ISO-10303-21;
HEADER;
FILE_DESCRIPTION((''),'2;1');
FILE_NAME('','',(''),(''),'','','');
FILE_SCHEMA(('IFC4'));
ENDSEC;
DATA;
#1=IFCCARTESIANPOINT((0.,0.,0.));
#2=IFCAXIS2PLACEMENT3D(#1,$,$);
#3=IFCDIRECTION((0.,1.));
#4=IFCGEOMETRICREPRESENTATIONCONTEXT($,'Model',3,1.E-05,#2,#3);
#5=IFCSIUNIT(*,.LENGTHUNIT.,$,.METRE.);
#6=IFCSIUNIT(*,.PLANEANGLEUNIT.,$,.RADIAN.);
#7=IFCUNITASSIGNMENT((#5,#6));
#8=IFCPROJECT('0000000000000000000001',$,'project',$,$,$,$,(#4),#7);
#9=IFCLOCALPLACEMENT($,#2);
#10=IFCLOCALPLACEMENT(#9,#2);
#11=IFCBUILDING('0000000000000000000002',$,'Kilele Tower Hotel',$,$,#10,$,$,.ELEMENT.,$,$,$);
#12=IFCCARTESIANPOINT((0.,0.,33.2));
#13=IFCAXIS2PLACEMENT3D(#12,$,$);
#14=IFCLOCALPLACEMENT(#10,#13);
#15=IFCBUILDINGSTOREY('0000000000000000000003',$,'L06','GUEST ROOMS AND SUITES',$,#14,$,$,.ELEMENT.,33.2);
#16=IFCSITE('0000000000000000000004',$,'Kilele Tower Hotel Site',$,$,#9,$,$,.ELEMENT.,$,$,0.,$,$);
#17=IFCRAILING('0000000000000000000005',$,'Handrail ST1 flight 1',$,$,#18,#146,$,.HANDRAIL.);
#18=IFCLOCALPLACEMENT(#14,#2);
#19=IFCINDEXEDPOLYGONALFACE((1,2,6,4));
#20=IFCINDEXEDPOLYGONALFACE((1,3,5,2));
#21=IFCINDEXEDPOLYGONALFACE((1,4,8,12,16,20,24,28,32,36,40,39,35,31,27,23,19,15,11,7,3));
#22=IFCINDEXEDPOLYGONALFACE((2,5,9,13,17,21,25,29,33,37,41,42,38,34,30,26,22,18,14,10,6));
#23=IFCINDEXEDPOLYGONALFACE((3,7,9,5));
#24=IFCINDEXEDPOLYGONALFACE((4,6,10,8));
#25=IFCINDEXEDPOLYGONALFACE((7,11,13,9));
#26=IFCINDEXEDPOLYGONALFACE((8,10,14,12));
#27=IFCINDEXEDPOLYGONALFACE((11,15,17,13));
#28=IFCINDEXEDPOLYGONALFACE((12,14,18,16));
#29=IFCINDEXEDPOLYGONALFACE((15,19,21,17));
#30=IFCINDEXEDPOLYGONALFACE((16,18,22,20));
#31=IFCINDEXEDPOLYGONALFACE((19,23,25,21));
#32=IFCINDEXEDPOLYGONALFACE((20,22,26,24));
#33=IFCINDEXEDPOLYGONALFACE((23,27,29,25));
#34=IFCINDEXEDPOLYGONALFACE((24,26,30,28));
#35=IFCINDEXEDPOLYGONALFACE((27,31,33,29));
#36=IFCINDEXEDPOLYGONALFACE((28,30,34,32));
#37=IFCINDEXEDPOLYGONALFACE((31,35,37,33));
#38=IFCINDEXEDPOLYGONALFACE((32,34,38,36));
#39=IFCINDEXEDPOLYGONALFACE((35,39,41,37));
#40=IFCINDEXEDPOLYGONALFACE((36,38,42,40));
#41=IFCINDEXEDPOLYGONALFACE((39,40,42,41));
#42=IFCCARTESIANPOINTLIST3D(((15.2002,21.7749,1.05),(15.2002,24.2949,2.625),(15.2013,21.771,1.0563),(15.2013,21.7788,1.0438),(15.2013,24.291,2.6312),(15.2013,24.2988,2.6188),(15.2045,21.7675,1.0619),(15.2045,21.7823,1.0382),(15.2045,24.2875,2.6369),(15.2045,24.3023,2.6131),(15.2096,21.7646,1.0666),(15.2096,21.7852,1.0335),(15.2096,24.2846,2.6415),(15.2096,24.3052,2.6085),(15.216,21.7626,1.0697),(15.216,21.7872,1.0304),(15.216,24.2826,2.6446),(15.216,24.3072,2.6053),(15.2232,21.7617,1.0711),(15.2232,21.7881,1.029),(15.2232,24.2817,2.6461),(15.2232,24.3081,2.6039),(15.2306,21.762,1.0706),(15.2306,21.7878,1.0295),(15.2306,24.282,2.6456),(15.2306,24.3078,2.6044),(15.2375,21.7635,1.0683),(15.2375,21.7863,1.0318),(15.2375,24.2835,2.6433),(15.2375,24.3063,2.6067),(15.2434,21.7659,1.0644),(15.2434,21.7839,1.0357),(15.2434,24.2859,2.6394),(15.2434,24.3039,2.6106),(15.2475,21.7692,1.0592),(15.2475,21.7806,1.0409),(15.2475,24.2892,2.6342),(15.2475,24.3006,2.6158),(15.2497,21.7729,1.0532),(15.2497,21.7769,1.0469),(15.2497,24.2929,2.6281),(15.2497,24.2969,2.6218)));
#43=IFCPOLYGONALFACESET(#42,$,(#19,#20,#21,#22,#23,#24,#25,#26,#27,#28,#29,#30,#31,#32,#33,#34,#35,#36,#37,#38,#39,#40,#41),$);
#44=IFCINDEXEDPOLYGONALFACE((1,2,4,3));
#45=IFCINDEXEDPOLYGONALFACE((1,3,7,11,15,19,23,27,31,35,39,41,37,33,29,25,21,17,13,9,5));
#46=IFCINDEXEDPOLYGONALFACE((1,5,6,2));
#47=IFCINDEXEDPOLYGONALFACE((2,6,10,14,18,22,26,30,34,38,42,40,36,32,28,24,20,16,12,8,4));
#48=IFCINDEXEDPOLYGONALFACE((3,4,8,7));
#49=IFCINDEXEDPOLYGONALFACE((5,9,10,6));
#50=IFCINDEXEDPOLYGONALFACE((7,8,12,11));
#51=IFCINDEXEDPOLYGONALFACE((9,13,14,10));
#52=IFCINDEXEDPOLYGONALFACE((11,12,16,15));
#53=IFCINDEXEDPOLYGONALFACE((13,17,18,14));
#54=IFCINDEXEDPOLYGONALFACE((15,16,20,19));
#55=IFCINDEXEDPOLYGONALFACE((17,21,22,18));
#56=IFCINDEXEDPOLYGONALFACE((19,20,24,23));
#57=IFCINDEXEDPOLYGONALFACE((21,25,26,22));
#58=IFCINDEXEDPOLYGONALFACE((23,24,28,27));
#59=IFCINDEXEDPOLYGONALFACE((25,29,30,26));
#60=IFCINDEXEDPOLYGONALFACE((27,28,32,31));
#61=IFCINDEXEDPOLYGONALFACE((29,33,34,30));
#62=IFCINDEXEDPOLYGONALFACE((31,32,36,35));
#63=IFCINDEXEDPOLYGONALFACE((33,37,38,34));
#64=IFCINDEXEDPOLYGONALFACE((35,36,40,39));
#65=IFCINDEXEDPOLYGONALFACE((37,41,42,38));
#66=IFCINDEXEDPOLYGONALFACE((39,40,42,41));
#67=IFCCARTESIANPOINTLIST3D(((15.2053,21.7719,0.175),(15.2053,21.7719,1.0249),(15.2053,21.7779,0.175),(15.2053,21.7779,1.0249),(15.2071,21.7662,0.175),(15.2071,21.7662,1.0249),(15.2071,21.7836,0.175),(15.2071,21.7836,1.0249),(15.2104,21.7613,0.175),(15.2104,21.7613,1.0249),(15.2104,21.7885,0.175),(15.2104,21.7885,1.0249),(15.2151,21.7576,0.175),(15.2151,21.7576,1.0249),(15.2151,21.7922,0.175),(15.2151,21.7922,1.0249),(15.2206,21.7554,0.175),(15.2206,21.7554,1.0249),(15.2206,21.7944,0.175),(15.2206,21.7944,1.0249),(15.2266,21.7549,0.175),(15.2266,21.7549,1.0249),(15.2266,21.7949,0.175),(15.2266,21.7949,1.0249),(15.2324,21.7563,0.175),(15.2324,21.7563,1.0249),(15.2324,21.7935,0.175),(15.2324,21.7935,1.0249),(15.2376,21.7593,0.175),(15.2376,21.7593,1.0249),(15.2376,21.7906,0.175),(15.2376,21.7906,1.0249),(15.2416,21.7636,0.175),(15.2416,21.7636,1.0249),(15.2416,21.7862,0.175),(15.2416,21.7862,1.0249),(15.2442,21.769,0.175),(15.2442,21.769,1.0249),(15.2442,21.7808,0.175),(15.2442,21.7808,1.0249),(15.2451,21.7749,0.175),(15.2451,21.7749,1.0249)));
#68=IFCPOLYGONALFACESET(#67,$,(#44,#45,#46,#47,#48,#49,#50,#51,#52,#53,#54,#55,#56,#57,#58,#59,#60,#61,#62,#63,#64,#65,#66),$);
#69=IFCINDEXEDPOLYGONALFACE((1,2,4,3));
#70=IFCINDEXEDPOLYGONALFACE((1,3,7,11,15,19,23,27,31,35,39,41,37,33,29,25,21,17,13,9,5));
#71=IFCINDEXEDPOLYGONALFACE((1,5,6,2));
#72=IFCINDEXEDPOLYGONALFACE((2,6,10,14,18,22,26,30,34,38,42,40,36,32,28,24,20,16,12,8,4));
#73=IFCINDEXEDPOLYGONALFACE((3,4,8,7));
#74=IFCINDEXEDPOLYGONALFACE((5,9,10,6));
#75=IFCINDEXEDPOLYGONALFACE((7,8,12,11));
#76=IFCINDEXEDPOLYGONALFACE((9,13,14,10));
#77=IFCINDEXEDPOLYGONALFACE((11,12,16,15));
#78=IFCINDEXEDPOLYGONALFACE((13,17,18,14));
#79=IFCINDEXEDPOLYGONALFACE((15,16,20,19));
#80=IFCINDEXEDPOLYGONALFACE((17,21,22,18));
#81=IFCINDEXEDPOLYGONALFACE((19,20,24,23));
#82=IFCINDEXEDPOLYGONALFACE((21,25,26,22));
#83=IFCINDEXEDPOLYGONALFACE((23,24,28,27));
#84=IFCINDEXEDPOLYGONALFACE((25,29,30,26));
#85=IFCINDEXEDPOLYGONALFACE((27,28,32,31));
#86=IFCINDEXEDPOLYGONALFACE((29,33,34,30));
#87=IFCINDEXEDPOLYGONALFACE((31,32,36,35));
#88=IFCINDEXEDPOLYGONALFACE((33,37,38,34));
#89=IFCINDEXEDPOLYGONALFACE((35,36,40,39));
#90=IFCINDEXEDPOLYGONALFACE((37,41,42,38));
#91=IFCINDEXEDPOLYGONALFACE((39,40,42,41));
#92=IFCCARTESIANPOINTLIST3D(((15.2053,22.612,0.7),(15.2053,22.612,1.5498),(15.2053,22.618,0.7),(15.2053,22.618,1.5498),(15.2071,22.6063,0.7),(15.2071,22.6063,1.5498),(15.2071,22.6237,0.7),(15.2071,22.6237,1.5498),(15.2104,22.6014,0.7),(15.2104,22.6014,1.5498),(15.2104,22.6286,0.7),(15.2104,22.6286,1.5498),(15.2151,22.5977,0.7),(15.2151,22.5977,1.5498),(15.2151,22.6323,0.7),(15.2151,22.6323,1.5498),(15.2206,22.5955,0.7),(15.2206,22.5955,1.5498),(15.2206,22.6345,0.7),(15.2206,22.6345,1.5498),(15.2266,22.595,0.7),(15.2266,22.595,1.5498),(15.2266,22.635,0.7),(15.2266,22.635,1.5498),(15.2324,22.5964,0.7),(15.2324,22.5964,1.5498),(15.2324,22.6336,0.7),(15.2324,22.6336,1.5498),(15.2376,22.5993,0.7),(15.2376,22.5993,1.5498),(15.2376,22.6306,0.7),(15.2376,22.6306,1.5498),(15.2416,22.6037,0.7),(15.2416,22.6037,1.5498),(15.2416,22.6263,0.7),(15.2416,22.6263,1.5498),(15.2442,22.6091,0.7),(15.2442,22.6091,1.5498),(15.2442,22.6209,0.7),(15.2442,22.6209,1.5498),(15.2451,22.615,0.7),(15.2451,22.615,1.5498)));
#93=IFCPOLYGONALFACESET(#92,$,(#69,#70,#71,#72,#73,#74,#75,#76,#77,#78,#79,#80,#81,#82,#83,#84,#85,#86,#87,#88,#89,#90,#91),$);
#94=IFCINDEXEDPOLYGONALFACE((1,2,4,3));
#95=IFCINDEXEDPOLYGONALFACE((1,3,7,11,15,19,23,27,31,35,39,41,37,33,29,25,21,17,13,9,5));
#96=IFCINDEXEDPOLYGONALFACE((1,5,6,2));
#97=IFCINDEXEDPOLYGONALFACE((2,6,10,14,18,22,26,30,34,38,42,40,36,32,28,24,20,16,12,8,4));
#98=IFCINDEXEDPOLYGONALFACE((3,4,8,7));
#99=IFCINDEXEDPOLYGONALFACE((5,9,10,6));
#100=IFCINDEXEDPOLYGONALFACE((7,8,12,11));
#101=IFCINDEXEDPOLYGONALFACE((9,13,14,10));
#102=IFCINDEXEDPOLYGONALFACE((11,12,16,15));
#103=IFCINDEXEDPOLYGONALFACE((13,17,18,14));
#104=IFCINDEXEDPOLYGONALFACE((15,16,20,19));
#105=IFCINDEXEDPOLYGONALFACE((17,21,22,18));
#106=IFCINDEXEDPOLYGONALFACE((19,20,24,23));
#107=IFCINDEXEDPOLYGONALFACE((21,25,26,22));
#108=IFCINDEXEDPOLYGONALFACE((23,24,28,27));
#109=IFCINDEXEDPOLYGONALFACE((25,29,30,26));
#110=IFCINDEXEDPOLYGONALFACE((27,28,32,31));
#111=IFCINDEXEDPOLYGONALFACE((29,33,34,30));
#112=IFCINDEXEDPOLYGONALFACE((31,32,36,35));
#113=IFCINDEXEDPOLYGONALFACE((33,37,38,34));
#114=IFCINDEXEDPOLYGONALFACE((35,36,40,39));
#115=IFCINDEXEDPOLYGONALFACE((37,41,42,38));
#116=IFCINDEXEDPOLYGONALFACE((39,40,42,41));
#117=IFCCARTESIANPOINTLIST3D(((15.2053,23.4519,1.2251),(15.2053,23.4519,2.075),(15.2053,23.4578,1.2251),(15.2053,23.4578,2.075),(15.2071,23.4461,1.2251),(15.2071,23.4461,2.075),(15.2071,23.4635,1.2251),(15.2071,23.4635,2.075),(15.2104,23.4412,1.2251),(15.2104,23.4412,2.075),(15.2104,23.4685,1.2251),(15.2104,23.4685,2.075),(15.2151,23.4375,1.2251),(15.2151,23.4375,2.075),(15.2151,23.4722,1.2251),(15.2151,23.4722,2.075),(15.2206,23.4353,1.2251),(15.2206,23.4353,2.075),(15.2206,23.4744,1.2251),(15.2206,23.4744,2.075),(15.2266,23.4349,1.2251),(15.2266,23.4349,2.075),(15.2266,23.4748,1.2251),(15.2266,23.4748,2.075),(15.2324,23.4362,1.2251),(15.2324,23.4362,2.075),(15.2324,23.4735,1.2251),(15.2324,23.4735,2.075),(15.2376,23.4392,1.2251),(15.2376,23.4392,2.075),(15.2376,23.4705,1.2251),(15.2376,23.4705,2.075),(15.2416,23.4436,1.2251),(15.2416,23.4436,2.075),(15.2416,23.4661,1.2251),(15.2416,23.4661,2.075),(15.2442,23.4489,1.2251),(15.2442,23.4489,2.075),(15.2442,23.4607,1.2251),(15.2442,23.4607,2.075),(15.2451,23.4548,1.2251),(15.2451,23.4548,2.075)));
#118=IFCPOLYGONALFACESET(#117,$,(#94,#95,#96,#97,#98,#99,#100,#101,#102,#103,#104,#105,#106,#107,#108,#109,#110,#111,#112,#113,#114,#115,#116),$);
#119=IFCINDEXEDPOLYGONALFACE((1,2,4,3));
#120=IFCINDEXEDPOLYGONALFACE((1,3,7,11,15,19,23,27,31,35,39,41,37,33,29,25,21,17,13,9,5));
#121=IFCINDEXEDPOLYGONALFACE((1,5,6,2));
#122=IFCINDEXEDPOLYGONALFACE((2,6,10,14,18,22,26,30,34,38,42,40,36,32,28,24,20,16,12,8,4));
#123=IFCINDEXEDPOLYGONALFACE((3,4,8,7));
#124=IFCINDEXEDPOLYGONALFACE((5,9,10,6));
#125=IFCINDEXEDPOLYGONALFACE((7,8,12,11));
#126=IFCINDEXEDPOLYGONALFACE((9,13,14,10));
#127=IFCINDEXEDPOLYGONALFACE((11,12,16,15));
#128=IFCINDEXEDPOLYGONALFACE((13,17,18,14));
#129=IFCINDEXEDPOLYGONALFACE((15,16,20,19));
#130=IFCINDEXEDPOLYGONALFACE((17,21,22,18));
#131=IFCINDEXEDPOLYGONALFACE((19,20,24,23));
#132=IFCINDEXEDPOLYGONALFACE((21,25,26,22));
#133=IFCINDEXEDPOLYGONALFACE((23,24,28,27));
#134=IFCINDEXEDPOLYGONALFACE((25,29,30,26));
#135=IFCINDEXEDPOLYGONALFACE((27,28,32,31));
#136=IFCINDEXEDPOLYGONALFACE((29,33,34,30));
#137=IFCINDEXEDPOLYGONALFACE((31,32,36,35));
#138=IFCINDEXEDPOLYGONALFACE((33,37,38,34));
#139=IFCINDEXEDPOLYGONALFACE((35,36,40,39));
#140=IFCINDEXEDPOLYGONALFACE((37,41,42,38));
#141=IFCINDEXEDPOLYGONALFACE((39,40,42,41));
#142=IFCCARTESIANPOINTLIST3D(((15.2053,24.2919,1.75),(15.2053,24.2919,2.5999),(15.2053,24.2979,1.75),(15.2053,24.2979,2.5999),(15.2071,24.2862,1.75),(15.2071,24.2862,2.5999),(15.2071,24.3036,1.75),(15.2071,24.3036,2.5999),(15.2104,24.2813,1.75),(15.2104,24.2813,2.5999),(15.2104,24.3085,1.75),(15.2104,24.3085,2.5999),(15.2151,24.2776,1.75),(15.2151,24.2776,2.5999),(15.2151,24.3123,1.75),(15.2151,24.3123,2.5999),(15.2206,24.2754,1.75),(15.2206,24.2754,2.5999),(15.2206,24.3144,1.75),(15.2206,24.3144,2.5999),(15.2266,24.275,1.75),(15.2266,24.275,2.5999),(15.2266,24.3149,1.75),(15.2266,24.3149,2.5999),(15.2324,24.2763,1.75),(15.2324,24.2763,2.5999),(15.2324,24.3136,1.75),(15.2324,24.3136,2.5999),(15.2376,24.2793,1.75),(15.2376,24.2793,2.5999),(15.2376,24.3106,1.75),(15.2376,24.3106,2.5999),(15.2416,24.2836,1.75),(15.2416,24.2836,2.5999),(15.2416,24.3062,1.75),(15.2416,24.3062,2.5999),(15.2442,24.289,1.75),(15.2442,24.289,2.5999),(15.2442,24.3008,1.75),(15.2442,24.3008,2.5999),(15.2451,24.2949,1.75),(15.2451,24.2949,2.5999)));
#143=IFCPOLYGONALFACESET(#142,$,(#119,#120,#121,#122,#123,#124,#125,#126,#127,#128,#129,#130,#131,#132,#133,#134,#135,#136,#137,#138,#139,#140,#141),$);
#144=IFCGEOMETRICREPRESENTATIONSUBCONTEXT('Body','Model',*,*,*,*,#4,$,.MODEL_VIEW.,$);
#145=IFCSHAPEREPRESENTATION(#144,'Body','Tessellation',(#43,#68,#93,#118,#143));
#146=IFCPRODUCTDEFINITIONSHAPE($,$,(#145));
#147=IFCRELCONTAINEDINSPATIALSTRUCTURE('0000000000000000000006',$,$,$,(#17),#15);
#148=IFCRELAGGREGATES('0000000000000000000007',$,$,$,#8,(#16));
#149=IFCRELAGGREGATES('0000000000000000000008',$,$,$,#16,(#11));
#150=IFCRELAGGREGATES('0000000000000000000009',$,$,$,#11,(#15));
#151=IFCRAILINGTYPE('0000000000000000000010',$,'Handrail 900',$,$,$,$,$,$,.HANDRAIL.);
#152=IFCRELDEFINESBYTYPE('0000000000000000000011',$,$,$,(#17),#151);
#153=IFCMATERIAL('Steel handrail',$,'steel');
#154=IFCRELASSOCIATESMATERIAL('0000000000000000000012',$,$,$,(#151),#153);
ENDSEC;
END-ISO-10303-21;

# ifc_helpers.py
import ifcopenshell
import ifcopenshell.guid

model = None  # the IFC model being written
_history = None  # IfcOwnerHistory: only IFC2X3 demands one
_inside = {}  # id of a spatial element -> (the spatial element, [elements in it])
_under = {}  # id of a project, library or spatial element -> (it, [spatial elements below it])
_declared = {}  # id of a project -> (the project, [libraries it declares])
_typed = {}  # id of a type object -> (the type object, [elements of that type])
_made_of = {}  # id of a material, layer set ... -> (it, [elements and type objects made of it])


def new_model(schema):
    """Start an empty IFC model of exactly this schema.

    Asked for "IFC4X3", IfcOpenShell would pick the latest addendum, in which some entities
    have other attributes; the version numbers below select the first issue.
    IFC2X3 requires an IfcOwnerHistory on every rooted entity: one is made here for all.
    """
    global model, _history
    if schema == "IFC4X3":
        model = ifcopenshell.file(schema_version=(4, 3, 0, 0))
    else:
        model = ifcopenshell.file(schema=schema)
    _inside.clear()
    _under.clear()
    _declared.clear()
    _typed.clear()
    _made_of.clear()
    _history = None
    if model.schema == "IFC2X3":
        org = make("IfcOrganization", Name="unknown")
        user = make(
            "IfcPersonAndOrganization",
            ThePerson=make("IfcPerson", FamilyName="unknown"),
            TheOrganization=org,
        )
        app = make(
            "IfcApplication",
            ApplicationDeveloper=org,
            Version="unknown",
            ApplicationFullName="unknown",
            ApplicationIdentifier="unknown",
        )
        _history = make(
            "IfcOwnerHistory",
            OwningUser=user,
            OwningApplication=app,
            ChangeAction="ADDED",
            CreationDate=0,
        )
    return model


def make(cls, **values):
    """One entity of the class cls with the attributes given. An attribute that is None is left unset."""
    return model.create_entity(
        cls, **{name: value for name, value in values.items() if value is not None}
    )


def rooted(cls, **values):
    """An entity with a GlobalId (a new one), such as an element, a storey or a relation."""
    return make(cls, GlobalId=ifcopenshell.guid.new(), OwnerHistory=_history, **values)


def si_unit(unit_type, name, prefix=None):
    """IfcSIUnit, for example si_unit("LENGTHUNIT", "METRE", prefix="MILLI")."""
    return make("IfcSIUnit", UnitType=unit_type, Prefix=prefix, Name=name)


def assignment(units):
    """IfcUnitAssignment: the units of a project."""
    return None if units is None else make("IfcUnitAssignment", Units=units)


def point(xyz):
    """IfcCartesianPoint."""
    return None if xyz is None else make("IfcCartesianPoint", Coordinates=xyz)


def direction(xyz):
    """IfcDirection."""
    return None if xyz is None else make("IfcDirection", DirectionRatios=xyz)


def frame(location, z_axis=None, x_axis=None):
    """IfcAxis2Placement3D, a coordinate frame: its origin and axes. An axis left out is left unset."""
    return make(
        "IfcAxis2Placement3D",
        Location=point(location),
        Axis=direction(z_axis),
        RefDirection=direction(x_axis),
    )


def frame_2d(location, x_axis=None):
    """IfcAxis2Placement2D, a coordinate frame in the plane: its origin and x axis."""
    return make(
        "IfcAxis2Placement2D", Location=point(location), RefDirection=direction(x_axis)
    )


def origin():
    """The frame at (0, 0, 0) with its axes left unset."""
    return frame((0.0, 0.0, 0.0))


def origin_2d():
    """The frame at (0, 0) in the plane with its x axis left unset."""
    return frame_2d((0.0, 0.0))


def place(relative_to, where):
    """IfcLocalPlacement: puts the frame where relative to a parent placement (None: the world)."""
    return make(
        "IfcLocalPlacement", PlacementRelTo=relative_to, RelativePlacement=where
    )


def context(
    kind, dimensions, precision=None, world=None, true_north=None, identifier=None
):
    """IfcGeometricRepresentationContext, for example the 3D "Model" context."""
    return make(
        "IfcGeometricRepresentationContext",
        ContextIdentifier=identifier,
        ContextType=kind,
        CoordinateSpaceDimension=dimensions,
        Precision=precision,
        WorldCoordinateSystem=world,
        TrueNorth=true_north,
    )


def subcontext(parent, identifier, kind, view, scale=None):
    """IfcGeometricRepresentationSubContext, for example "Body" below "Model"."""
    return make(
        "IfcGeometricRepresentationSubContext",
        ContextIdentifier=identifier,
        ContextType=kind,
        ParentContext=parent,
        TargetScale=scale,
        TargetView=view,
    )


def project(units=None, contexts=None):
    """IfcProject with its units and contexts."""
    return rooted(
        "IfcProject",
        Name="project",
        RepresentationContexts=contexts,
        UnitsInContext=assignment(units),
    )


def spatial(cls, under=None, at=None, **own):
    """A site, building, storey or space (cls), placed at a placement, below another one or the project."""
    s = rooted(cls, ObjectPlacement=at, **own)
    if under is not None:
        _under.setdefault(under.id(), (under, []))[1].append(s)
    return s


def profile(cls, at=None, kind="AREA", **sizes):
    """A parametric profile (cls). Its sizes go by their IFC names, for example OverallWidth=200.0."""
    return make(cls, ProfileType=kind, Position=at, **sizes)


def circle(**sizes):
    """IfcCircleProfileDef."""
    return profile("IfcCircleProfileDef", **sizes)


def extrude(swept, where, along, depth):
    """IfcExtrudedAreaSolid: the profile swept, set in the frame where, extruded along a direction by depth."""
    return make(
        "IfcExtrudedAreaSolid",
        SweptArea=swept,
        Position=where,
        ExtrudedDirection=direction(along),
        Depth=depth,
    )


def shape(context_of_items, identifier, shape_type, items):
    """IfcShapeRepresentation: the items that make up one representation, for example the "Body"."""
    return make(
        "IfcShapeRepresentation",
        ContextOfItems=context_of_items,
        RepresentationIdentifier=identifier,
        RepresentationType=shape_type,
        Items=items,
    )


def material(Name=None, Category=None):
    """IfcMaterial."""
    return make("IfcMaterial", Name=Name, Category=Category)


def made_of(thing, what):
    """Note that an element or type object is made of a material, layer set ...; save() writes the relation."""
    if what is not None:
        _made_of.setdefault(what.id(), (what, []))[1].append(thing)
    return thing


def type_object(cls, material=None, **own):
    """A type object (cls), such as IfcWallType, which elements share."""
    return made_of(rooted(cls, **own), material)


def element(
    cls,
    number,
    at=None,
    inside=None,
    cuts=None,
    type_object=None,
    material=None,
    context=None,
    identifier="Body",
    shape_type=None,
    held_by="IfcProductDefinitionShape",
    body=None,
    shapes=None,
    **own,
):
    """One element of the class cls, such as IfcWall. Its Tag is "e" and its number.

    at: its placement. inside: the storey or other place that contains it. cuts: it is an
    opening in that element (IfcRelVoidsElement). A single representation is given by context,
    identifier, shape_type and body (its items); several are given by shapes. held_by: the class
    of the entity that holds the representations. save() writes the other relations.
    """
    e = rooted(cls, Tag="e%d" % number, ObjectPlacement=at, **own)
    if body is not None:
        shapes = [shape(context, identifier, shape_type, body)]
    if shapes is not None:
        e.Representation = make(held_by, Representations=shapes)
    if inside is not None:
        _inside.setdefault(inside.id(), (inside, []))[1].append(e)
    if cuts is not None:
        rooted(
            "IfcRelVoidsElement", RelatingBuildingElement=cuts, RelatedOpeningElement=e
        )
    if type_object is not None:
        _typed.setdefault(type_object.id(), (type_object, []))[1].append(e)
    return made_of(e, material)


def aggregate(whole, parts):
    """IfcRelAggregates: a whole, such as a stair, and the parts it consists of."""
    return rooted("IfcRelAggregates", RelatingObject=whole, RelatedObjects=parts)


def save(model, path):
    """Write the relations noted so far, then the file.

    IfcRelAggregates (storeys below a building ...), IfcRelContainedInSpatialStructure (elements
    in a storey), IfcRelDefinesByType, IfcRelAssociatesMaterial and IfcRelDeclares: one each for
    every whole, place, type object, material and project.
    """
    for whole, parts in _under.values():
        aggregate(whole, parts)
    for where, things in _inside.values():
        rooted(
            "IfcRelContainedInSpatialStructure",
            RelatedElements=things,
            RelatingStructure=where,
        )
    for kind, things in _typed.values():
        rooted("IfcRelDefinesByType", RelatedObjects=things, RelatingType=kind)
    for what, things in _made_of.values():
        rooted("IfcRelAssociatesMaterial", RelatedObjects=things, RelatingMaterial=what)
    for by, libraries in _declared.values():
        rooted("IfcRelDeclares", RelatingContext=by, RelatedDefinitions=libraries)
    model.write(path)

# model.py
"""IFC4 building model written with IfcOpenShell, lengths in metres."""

from ifc_helpers import new_model, si_unit, direction, frame, origin, origin_2d, place, context, subcontext, project, spatial, circle, extrude, material, type_object, element, save


model = new_model("IFC4")

# Units and contexts
model_context = context("Model", 3, precision=1e-05, world=origin(), true_north=direction((0.0, 1.0)))
body_context = subcontext(model_context, "Body", "Model", "MODEL_VIEW")
ifc_project = project(units=[si_unit("LENGTHUNIT", "METRE"), si_unit("PLANEANGLEUNIT", "RADIAN")], contexts=[model_context])

# Site, building, storey
site_placement = place(None, origin())
site = spatial("IfcSite", under=ifc_project, at=site_placement, Name="Kilele Tower Hotel Site", CompositionType="ELEMENT", RefElevation=0.0)
building_placement = place(site_placement, origin())
building = spatial("IfcBuilding", under=site, at=building_placement, Name="Kilele Tower Hotel", CompositionType="ELEMENT")
storey_placement = place(building_placement, frame((0.0, 0.0, 33.2)))
storey = spatial("IfcBuildingStorey", under=building, at=storey_placement, Name="L06", Description="GUEST ROOMS AND SUITES", CompositionType="ELEMENT", Elevation=33.2)

# Railing
ifc_material_1 = material(Name="Steel handrail", Category="steel")
railing_type_1 = type_object("IfcRailingType", Name="Handrail 900", PredefinedType="HANDRAIL", material=ifc_material_1)
for number, where, name in (
    (1, (15.2251, 21.7749, 0.175), "Handrail ST1 flight 1"),
):
    element("IfcRailing", number, at=place(storey_placement, frame(where)), inside=storey, type_object=railing_type_1, Name=name, PredefinedType="HANDRAIL", context=body_context, shape_type="SweptSolid", body=[
        extrude(circle(Radius=0.0249, at=origin_2d()), frame((0.0, 0.0, 0.875), z_axis=(0.0, 0.848008, 0.529984), x_axis=(-1.0, 0.0, 0.0)), (0.0, 0.0, 1.0), 2.9717),
        extrude(circle(Radius=0.02, at=origin_2d()), origin(), (0.0, 0.0, 1.0), 0.8499),
        extrude(circle(Radius=0.02, at=origin_2d()), frame((0.0, 0.8401, 0.5249)), (0.0, 0.0, 1.0), 0.8499),
        extrude(circle(Radius=0.02, at=origin_2d()), frame((0.0, 1.6799, 1.05)), (0.0, 0.0, 1.0), 0.8499),
        extrude(circle(Radius=0.02, at=origin_2d()), frame((0.0, 2.52, 1.575)), (0.0, 0.0, 1.0), 0.8499),
    ])

save(model, "model.ifc")
